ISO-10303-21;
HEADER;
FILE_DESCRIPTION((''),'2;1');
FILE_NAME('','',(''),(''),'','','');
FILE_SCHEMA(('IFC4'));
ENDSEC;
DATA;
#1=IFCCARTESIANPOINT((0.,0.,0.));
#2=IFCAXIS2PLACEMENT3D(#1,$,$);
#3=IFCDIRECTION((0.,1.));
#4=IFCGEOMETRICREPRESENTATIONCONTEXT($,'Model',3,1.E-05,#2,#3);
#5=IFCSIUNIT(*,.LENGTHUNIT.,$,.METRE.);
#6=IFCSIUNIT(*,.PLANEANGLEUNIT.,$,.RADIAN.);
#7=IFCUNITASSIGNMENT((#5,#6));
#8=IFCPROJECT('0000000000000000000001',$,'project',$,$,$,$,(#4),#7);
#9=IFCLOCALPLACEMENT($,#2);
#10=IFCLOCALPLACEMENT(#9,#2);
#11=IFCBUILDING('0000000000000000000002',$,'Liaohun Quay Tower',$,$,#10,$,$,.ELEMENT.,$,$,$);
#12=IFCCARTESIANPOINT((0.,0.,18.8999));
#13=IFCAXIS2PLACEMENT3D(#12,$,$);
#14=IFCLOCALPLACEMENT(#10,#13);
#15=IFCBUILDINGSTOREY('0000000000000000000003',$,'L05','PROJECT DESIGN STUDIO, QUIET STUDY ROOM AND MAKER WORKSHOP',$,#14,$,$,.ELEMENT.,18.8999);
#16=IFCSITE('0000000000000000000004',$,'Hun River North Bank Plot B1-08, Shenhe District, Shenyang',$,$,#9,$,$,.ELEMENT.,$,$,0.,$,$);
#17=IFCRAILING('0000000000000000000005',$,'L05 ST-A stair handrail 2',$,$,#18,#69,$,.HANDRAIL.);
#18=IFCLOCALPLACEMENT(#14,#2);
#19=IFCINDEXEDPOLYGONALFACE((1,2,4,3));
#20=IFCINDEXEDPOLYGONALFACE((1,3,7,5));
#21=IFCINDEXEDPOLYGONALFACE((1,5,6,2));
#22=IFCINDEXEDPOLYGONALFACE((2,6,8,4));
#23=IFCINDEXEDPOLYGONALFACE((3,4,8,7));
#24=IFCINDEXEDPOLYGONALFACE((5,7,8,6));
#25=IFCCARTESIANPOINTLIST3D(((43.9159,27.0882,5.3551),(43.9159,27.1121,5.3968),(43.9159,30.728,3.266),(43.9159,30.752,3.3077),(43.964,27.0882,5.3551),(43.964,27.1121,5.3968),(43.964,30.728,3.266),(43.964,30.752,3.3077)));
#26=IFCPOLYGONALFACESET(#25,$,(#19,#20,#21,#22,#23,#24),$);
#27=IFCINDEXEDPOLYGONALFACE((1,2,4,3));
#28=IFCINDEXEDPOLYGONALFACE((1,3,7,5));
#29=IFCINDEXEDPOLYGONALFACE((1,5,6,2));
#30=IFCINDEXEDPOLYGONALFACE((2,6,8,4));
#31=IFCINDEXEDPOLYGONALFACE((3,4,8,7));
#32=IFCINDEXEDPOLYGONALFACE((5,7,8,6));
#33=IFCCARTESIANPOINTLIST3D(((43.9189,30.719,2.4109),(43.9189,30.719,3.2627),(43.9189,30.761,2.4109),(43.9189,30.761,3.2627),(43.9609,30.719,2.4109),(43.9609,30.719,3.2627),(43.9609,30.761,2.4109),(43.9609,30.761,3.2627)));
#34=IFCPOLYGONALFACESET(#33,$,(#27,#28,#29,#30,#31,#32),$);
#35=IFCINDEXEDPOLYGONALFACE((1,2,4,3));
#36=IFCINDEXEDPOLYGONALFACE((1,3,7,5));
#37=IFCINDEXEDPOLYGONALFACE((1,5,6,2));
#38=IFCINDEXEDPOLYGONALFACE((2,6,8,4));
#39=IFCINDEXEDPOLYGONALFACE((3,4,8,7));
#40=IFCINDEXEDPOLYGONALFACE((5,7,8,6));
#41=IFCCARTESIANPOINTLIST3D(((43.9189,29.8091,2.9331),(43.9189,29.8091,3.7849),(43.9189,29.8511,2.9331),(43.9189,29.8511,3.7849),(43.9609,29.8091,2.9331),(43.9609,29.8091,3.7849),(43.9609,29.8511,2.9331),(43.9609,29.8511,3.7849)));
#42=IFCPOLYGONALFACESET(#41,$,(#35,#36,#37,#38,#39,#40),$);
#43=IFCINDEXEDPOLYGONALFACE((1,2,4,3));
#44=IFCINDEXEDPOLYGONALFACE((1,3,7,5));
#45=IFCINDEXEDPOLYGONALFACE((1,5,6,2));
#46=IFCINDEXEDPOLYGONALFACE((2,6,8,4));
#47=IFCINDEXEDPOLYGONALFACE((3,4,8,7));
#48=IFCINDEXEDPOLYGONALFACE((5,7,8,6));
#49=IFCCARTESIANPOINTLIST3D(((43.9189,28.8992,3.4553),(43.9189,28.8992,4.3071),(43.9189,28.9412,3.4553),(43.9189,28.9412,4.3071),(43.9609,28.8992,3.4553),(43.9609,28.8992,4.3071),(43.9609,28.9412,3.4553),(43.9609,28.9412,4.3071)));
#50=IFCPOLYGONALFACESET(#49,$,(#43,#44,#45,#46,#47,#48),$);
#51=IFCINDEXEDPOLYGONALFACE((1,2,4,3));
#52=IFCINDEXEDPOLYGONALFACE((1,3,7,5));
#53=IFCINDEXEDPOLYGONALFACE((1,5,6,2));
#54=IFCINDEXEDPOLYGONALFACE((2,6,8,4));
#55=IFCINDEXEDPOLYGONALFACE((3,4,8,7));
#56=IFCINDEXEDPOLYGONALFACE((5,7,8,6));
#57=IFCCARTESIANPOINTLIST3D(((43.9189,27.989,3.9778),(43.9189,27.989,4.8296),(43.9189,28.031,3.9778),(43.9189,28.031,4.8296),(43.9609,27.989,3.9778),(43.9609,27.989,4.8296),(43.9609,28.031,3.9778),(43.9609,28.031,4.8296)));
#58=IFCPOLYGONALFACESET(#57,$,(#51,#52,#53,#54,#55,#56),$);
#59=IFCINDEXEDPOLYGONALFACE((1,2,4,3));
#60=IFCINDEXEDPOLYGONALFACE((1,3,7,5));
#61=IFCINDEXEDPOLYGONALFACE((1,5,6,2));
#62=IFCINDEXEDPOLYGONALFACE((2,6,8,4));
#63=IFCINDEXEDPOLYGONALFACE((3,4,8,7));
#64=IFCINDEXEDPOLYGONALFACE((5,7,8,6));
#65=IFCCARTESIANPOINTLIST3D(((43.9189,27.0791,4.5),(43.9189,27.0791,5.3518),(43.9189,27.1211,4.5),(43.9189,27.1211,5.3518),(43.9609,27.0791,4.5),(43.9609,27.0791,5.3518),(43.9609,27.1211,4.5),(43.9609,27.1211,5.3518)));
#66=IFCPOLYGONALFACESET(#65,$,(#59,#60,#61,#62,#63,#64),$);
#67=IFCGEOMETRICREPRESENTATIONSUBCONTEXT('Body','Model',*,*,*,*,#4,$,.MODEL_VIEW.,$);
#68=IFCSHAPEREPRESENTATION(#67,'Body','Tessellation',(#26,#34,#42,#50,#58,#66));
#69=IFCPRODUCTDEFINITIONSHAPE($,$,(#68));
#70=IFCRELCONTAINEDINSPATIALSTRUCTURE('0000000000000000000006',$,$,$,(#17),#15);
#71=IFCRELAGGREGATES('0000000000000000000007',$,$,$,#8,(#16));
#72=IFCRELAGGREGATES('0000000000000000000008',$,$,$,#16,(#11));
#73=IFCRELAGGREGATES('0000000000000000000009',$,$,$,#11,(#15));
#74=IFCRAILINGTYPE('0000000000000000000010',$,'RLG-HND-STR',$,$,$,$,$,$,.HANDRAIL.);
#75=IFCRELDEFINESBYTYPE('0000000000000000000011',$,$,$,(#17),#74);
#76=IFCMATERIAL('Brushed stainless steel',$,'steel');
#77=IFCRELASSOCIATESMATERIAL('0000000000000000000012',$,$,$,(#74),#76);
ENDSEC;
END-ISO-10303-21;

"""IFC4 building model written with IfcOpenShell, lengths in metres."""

from ifc_helpers import new_model, si_unit, direction, frame, origin, origin_2d, place, context, subcontext, project, spatial, rectangle, extrude, material, type_object, element, save


model = new_model("IFC4")

# Units and contexts
model_context = context("Model", 3, precision=1e-05, world=origin(), true_north=direction((0.0, 1.0)))
body_context = subcontext(model_context, "Body", "Model", "MODEL_VIEW")
ifc_project = project(units=[si_unit("LENGTHUNIT", "METRE"), si_unit("PLANEANGLEUNIT", "RADIAN")], contexts=[model_context])

# Site, building, storey
site_placement = place(None, origin())
site = spatial("IfcSite", under=ifc_project, at=site_placement, Name="Hun River North Bank Plot B1-08, Shenhe District, Shenyang", CompositionType="ELEMENT", RefElevation=0.0)
building_placement = place(site_placement, origin())
building = spatial("IfcBuilding", under=site, at=building_placement, Name="Liaohun Quay Tower", CompositionType="ELEMENT")
storey_placement = place(building_placement, frame((0.0, 0.0, 18.8999)))
storey = spatial("IfcBuildingStorey", under=building, at=storey_placement, Name="L05", Description="PROJECT DESIGN STUDIO, QUIET STUDY ROOM AND MAKER WORKSHOP", CompositionType="ELEMENT", Elevation=18.8999)

# Railing
ifc_material_1 = material(Name="Brushed stainless steel", Category="steel")
railing_type_1 = type_object("IfcRailingType", Name="RLG-HND-STR", PredefinedType="HANDRAIL", material=ifc_material_1)
railing_1_placement = place(storey_placement, frame((43.9399, 30.74, 2.4109)))
element("IfcRailing", 1, at=railing_1_placement, inside=storey, type_object=railing_type_1, Name="L05 ST-A stair handrail 2", PredefinedType="HANDRAIL", context=body_context, shape_type="SweptSolid", body=[
    extrude(rectangle(XDim=0.0481, YDim=0.0481, at=origin_2d()), frame((0.0, 0.0, 0.876), z_axis=(0.0, -0.8673, 0.497786), x_axis=(1.0, 0.0, 0.0)), (0.0, 0.0, 1.0), 4.1968),
    extrude(rectangle(XDim=0.042, YDim=0.042, at=origin_2d()), origin(), (0.0, 0.0, 1.0), 0.8518),
    extrude(rectangle(XDim=0.042, YDim=0.042, at=origin_2d()), frame((0.0, -0.9099, 0.5222)), (0.0, 0.0, 1.0), 0.8518),
    extrude(rectangle(XDim=0.042, YDim=0.042, at=origin_2d()), frame((0.0, -1.8198, 1.0444)), (0.0, 0.0, 1.0), 0.8518),
    extrude(rectangle(XDim=0.042, YDim=0.042, at=origin_2d()), frame((0.0, -2.73, 1.5669)), (0.0, 0.0, 1.0), 0.8518),
    extrude(rectangle(XDim=0.042, YDim=0.042, at=origin_2d()), frame((0.0, -3.6399, 2.0891)), (0.0, 0.0, 1.0), 0.8518),
])

save(model, "model.ifc")
